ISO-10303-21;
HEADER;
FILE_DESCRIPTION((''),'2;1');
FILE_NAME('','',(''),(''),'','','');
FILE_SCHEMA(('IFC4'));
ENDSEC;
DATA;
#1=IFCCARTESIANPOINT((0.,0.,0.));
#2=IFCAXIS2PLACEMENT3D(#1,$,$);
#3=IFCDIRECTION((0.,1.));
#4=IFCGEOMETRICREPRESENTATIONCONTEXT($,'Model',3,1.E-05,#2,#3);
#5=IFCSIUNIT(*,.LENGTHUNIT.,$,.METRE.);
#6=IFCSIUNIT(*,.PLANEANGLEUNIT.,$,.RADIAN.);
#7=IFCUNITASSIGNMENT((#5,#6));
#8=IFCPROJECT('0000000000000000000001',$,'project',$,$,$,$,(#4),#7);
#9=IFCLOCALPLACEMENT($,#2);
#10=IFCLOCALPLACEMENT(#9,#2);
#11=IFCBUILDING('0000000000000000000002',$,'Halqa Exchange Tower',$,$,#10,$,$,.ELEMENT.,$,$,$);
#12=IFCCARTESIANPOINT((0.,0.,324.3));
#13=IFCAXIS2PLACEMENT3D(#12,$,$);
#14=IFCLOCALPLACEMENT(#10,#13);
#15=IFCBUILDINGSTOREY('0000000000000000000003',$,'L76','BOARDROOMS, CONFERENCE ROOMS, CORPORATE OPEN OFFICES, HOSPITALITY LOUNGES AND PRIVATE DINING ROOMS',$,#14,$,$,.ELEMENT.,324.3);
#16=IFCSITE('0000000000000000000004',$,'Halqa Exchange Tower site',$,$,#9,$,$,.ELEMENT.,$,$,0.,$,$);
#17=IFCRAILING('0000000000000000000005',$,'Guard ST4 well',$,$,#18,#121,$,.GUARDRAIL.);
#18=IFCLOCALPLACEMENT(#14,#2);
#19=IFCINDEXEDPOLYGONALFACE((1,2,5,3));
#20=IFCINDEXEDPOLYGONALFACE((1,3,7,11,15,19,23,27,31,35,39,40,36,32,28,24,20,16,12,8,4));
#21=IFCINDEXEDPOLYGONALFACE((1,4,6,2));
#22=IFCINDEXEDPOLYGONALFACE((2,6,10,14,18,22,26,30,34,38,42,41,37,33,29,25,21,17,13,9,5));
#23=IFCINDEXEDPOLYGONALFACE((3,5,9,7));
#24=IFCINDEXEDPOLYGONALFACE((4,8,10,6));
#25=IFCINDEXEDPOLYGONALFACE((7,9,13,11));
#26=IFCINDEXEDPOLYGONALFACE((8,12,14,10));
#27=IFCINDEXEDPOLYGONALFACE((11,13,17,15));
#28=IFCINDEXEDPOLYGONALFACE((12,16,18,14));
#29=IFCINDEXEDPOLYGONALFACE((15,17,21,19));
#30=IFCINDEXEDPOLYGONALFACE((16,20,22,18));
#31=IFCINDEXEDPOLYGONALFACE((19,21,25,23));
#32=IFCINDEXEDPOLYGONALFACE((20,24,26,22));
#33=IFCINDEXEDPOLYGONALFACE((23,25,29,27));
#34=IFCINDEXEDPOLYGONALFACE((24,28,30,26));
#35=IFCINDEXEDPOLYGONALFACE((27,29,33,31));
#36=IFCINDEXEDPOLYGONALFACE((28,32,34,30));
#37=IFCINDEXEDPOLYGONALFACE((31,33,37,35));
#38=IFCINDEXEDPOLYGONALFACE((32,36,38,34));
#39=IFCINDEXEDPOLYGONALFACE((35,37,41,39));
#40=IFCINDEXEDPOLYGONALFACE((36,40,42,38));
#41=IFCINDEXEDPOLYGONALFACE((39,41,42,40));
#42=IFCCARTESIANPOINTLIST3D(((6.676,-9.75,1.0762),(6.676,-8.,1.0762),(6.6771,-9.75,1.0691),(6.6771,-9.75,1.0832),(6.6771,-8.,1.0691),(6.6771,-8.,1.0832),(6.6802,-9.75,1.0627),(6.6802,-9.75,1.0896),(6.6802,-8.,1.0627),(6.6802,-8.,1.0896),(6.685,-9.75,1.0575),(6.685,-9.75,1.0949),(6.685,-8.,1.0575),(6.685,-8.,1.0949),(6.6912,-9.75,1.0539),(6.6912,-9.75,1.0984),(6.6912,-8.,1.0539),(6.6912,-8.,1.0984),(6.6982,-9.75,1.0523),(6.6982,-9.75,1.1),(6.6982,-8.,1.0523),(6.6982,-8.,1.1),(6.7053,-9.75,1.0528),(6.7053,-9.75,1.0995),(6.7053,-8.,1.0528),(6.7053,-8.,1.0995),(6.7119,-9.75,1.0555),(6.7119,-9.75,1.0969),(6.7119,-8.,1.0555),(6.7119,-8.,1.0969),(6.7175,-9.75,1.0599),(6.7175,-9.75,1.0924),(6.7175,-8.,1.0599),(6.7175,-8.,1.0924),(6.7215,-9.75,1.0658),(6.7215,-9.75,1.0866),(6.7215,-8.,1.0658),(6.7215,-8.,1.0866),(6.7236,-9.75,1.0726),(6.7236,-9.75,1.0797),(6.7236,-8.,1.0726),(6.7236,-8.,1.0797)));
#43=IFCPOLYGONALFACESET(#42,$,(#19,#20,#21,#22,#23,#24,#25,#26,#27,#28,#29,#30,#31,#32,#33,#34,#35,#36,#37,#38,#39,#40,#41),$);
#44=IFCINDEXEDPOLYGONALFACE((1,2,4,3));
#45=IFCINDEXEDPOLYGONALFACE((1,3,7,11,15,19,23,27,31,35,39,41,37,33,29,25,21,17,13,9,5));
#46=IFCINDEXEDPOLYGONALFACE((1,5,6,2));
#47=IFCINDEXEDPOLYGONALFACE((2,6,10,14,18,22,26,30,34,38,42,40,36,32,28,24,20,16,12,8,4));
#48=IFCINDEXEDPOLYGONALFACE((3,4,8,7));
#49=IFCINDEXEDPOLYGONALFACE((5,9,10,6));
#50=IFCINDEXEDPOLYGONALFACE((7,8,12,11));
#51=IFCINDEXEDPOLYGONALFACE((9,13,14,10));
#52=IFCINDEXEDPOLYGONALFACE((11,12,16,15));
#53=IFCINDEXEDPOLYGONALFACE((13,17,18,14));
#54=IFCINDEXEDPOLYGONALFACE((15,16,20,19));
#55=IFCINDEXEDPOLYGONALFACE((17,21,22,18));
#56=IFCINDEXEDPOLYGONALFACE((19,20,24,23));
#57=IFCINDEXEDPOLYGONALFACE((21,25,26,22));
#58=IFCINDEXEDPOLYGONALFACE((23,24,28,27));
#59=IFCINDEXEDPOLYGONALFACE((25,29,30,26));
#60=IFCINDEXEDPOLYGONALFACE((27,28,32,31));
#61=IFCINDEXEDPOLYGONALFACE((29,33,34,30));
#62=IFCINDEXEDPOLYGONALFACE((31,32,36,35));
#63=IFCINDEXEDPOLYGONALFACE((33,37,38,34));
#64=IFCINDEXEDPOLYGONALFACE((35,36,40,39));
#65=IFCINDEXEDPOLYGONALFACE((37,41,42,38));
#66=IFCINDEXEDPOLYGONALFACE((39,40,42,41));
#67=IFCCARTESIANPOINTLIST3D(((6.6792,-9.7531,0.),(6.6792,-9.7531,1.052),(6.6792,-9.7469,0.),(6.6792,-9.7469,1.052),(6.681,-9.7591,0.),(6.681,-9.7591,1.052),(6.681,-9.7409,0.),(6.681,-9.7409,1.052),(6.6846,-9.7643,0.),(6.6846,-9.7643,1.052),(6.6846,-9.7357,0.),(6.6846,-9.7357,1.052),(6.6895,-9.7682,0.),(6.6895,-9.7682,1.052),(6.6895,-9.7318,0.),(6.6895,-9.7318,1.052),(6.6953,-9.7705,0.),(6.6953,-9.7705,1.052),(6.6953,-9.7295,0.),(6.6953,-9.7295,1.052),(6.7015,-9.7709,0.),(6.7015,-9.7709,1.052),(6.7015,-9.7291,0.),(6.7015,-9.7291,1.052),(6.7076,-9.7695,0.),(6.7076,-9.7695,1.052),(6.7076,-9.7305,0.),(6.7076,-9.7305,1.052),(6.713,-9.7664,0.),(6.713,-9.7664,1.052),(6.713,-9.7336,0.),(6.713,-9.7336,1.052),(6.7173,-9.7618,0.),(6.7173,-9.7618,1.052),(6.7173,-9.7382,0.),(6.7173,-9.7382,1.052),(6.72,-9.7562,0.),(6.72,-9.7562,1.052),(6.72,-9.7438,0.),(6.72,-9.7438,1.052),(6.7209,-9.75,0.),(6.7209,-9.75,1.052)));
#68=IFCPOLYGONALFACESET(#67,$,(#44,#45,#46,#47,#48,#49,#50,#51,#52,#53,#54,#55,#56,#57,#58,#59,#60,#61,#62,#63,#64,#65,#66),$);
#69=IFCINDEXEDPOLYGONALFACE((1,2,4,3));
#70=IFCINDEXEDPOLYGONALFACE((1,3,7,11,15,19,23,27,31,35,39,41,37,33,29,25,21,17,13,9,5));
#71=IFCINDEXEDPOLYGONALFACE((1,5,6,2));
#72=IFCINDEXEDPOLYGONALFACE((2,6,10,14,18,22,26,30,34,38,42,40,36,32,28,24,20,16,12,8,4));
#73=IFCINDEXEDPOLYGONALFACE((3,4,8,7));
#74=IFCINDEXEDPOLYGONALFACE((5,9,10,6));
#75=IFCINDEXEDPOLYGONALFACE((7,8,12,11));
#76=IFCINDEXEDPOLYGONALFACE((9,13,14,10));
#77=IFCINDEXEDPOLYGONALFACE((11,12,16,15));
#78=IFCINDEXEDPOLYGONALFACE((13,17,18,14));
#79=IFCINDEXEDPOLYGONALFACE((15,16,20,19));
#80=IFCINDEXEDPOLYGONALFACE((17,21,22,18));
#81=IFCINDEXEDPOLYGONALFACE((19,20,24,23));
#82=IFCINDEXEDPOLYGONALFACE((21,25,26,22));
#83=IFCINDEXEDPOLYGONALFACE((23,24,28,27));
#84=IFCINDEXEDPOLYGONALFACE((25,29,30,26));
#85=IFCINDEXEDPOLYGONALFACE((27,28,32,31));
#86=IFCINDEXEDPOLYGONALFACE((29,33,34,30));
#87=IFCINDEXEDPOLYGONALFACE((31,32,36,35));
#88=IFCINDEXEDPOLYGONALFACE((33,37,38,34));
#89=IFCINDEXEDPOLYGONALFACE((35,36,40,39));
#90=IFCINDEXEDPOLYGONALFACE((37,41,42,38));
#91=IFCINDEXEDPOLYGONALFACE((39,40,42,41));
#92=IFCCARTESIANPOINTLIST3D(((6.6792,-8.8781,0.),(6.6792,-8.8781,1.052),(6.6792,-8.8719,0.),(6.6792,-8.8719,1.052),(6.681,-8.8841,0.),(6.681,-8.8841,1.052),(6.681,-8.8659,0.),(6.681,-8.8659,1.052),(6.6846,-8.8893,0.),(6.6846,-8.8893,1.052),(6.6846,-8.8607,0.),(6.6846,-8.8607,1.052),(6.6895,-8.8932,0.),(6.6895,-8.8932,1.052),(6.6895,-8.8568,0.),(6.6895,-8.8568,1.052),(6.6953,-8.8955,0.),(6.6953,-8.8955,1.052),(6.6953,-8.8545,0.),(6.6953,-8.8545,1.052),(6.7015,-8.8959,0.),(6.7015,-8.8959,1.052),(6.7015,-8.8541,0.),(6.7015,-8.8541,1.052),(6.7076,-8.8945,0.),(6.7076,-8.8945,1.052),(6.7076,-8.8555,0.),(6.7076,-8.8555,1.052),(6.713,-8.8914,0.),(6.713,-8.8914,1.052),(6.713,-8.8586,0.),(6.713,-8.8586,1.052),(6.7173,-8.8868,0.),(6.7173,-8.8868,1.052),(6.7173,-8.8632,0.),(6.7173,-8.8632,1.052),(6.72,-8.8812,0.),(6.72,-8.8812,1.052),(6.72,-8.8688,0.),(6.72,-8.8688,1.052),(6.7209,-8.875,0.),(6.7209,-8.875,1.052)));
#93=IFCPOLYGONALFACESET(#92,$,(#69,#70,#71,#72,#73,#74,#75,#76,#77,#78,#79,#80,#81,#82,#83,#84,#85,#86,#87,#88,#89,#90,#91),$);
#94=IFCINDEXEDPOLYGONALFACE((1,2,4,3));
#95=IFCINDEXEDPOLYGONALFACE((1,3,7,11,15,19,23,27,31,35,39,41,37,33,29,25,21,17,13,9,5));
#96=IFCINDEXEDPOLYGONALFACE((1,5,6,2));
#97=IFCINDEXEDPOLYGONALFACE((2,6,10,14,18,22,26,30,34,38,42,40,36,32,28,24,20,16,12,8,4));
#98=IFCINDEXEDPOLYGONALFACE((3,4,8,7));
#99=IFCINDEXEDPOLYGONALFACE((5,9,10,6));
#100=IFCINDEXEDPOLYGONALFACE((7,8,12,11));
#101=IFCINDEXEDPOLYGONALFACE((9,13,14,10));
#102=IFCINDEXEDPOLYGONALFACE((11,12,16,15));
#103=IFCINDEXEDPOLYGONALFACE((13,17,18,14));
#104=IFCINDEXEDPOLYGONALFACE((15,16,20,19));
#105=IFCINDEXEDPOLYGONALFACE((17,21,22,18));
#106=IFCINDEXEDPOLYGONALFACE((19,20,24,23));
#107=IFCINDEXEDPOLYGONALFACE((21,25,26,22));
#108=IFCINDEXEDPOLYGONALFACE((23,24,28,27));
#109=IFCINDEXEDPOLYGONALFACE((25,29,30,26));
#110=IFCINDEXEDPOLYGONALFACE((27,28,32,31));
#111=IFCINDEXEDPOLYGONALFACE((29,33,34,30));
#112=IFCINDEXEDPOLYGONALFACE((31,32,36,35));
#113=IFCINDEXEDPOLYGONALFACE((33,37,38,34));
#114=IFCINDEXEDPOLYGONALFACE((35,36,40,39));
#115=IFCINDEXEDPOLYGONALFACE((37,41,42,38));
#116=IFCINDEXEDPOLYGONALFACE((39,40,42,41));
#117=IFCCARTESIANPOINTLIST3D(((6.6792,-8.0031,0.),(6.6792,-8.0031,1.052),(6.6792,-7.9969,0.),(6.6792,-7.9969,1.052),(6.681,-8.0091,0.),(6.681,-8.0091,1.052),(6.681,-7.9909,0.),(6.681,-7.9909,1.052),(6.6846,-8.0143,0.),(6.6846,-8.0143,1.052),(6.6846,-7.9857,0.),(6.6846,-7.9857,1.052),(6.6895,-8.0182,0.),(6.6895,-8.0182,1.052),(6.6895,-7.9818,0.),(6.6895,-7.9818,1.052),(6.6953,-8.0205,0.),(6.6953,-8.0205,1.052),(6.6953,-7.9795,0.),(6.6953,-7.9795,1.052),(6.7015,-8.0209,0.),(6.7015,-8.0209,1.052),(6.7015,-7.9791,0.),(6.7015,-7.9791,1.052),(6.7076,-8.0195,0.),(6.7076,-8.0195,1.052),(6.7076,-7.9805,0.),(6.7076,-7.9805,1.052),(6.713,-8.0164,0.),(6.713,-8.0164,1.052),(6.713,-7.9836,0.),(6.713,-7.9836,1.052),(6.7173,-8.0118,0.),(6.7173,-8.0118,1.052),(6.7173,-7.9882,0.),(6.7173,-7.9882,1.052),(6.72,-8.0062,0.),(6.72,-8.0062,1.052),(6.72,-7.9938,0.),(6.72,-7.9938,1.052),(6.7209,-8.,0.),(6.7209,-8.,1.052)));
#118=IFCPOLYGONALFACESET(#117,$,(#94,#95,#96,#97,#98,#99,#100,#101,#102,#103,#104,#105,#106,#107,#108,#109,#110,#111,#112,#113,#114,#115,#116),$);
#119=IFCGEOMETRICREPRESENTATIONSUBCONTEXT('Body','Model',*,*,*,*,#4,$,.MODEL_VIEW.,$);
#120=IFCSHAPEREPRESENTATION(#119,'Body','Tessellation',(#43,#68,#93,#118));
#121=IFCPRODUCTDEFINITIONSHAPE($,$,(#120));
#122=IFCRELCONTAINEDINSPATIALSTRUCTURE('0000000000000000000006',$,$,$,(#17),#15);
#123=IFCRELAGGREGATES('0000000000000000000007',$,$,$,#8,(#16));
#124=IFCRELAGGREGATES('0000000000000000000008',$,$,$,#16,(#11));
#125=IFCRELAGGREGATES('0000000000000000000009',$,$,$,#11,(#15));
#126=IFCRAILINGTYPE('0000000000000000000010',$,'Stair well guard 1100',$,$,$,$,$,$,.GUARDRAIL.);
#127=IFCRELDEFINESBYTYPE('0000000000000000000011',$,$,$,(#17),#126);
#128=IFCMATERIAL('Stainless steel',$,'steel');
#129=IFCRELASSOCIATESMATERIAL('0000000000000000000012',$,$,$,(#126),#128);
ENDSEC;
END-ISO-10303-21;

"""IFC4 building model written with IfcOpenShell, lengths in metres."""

from ifc_helpers import new_model, si_unit, direction, frame, origin, origin_2d, place, context, subcontext, project, spatial, circle, extrude, material, type_object, element, save


model = new_model("IFC4")

# Units and contexts
model_context = context("Model", 3, precision=1e-05, world=origin(), true_north=direction((0.0, 1.0)))
body_context = subcontext(model_context, "Body", "Model", "MODEL_VIEW")
ifc_project = project(units=[si_unit("LENGTHUNIT", "METRE"), si_unit("PLANEANGLEUNIT", "RADIAN")], contexts=[model_context])

# Site, building, storey
site_placement = place(None, origin())
site = spatial("IfcSite", under=ifc_project, at=site_placement, Name="Halqa Exchange Tower site", CompositionType="ELEMENT", RefElevation=0.0)
building_placement = place(site_placement, origin())
building = spatial("IfcBuilding", under=site, at=building_placement, Name="Halqa Exchange Tower", CompositionType="ELEMENT")
storey_placement = place(building_placement, frame((0.0, 0.0, 324.3)))
storey = spatial("IfcBuildingStorey", under=building, at=storey_placement, Name="L76", Description="BOARDROOMS, CONFERENCE ROOMS, CORPORATE OPEN OFFICES, HOSPITALITY LOUNGES AND PRIVATE DINING ROOMS", CompositionType="ELEMENT", Elevation=324.3)

# Railing
ifc_material_1 = material(Name="Stainless steel", Category="steel")
railing_type_1 = type_object("IfcRailingType", Name="Stair well guard 1100", PredefinedType="GUARDRAIL", material=ifc_material_1)
railing_1_placement = place(storey_placement, frame((6.7, -9.75, 0.0)))
element("IfcRailing", 1, at=railing_1_placement, inside=storey, type_object=railing_type_1, Name="Guard ST4 well", PredefinedType="GUARDRAIL", context=body_context, shape_type="SweptSolid", body=[
    extrude(circle(Radius=0.0239, at=origin_2d()), frame((0.0, 0.0, 1.0762), z_axis=(0.0, 1.0, 0.0), x_axis=(-1.0, 0.0, 0.0)), (0.0, 0.0, 1.0), 1.75),
    extrude(circle(Radius=0.021, at=origin_2d()), origin(), (0.0, 0.0, 1.0), 1.052),
    extrude(circle(Radius=0.021, at=origin_2d()), frame((0.0, 0.875, 0.0)), (0.0, 0.0, 1.0), 1.052),
    extrude(circle(Radius=0.021, at=origin_2d()), frame((0.0, 1.75, 0.0)), (0.0, 0.0, 1.0), 1.052),
])

save(model, "model.ifc")
